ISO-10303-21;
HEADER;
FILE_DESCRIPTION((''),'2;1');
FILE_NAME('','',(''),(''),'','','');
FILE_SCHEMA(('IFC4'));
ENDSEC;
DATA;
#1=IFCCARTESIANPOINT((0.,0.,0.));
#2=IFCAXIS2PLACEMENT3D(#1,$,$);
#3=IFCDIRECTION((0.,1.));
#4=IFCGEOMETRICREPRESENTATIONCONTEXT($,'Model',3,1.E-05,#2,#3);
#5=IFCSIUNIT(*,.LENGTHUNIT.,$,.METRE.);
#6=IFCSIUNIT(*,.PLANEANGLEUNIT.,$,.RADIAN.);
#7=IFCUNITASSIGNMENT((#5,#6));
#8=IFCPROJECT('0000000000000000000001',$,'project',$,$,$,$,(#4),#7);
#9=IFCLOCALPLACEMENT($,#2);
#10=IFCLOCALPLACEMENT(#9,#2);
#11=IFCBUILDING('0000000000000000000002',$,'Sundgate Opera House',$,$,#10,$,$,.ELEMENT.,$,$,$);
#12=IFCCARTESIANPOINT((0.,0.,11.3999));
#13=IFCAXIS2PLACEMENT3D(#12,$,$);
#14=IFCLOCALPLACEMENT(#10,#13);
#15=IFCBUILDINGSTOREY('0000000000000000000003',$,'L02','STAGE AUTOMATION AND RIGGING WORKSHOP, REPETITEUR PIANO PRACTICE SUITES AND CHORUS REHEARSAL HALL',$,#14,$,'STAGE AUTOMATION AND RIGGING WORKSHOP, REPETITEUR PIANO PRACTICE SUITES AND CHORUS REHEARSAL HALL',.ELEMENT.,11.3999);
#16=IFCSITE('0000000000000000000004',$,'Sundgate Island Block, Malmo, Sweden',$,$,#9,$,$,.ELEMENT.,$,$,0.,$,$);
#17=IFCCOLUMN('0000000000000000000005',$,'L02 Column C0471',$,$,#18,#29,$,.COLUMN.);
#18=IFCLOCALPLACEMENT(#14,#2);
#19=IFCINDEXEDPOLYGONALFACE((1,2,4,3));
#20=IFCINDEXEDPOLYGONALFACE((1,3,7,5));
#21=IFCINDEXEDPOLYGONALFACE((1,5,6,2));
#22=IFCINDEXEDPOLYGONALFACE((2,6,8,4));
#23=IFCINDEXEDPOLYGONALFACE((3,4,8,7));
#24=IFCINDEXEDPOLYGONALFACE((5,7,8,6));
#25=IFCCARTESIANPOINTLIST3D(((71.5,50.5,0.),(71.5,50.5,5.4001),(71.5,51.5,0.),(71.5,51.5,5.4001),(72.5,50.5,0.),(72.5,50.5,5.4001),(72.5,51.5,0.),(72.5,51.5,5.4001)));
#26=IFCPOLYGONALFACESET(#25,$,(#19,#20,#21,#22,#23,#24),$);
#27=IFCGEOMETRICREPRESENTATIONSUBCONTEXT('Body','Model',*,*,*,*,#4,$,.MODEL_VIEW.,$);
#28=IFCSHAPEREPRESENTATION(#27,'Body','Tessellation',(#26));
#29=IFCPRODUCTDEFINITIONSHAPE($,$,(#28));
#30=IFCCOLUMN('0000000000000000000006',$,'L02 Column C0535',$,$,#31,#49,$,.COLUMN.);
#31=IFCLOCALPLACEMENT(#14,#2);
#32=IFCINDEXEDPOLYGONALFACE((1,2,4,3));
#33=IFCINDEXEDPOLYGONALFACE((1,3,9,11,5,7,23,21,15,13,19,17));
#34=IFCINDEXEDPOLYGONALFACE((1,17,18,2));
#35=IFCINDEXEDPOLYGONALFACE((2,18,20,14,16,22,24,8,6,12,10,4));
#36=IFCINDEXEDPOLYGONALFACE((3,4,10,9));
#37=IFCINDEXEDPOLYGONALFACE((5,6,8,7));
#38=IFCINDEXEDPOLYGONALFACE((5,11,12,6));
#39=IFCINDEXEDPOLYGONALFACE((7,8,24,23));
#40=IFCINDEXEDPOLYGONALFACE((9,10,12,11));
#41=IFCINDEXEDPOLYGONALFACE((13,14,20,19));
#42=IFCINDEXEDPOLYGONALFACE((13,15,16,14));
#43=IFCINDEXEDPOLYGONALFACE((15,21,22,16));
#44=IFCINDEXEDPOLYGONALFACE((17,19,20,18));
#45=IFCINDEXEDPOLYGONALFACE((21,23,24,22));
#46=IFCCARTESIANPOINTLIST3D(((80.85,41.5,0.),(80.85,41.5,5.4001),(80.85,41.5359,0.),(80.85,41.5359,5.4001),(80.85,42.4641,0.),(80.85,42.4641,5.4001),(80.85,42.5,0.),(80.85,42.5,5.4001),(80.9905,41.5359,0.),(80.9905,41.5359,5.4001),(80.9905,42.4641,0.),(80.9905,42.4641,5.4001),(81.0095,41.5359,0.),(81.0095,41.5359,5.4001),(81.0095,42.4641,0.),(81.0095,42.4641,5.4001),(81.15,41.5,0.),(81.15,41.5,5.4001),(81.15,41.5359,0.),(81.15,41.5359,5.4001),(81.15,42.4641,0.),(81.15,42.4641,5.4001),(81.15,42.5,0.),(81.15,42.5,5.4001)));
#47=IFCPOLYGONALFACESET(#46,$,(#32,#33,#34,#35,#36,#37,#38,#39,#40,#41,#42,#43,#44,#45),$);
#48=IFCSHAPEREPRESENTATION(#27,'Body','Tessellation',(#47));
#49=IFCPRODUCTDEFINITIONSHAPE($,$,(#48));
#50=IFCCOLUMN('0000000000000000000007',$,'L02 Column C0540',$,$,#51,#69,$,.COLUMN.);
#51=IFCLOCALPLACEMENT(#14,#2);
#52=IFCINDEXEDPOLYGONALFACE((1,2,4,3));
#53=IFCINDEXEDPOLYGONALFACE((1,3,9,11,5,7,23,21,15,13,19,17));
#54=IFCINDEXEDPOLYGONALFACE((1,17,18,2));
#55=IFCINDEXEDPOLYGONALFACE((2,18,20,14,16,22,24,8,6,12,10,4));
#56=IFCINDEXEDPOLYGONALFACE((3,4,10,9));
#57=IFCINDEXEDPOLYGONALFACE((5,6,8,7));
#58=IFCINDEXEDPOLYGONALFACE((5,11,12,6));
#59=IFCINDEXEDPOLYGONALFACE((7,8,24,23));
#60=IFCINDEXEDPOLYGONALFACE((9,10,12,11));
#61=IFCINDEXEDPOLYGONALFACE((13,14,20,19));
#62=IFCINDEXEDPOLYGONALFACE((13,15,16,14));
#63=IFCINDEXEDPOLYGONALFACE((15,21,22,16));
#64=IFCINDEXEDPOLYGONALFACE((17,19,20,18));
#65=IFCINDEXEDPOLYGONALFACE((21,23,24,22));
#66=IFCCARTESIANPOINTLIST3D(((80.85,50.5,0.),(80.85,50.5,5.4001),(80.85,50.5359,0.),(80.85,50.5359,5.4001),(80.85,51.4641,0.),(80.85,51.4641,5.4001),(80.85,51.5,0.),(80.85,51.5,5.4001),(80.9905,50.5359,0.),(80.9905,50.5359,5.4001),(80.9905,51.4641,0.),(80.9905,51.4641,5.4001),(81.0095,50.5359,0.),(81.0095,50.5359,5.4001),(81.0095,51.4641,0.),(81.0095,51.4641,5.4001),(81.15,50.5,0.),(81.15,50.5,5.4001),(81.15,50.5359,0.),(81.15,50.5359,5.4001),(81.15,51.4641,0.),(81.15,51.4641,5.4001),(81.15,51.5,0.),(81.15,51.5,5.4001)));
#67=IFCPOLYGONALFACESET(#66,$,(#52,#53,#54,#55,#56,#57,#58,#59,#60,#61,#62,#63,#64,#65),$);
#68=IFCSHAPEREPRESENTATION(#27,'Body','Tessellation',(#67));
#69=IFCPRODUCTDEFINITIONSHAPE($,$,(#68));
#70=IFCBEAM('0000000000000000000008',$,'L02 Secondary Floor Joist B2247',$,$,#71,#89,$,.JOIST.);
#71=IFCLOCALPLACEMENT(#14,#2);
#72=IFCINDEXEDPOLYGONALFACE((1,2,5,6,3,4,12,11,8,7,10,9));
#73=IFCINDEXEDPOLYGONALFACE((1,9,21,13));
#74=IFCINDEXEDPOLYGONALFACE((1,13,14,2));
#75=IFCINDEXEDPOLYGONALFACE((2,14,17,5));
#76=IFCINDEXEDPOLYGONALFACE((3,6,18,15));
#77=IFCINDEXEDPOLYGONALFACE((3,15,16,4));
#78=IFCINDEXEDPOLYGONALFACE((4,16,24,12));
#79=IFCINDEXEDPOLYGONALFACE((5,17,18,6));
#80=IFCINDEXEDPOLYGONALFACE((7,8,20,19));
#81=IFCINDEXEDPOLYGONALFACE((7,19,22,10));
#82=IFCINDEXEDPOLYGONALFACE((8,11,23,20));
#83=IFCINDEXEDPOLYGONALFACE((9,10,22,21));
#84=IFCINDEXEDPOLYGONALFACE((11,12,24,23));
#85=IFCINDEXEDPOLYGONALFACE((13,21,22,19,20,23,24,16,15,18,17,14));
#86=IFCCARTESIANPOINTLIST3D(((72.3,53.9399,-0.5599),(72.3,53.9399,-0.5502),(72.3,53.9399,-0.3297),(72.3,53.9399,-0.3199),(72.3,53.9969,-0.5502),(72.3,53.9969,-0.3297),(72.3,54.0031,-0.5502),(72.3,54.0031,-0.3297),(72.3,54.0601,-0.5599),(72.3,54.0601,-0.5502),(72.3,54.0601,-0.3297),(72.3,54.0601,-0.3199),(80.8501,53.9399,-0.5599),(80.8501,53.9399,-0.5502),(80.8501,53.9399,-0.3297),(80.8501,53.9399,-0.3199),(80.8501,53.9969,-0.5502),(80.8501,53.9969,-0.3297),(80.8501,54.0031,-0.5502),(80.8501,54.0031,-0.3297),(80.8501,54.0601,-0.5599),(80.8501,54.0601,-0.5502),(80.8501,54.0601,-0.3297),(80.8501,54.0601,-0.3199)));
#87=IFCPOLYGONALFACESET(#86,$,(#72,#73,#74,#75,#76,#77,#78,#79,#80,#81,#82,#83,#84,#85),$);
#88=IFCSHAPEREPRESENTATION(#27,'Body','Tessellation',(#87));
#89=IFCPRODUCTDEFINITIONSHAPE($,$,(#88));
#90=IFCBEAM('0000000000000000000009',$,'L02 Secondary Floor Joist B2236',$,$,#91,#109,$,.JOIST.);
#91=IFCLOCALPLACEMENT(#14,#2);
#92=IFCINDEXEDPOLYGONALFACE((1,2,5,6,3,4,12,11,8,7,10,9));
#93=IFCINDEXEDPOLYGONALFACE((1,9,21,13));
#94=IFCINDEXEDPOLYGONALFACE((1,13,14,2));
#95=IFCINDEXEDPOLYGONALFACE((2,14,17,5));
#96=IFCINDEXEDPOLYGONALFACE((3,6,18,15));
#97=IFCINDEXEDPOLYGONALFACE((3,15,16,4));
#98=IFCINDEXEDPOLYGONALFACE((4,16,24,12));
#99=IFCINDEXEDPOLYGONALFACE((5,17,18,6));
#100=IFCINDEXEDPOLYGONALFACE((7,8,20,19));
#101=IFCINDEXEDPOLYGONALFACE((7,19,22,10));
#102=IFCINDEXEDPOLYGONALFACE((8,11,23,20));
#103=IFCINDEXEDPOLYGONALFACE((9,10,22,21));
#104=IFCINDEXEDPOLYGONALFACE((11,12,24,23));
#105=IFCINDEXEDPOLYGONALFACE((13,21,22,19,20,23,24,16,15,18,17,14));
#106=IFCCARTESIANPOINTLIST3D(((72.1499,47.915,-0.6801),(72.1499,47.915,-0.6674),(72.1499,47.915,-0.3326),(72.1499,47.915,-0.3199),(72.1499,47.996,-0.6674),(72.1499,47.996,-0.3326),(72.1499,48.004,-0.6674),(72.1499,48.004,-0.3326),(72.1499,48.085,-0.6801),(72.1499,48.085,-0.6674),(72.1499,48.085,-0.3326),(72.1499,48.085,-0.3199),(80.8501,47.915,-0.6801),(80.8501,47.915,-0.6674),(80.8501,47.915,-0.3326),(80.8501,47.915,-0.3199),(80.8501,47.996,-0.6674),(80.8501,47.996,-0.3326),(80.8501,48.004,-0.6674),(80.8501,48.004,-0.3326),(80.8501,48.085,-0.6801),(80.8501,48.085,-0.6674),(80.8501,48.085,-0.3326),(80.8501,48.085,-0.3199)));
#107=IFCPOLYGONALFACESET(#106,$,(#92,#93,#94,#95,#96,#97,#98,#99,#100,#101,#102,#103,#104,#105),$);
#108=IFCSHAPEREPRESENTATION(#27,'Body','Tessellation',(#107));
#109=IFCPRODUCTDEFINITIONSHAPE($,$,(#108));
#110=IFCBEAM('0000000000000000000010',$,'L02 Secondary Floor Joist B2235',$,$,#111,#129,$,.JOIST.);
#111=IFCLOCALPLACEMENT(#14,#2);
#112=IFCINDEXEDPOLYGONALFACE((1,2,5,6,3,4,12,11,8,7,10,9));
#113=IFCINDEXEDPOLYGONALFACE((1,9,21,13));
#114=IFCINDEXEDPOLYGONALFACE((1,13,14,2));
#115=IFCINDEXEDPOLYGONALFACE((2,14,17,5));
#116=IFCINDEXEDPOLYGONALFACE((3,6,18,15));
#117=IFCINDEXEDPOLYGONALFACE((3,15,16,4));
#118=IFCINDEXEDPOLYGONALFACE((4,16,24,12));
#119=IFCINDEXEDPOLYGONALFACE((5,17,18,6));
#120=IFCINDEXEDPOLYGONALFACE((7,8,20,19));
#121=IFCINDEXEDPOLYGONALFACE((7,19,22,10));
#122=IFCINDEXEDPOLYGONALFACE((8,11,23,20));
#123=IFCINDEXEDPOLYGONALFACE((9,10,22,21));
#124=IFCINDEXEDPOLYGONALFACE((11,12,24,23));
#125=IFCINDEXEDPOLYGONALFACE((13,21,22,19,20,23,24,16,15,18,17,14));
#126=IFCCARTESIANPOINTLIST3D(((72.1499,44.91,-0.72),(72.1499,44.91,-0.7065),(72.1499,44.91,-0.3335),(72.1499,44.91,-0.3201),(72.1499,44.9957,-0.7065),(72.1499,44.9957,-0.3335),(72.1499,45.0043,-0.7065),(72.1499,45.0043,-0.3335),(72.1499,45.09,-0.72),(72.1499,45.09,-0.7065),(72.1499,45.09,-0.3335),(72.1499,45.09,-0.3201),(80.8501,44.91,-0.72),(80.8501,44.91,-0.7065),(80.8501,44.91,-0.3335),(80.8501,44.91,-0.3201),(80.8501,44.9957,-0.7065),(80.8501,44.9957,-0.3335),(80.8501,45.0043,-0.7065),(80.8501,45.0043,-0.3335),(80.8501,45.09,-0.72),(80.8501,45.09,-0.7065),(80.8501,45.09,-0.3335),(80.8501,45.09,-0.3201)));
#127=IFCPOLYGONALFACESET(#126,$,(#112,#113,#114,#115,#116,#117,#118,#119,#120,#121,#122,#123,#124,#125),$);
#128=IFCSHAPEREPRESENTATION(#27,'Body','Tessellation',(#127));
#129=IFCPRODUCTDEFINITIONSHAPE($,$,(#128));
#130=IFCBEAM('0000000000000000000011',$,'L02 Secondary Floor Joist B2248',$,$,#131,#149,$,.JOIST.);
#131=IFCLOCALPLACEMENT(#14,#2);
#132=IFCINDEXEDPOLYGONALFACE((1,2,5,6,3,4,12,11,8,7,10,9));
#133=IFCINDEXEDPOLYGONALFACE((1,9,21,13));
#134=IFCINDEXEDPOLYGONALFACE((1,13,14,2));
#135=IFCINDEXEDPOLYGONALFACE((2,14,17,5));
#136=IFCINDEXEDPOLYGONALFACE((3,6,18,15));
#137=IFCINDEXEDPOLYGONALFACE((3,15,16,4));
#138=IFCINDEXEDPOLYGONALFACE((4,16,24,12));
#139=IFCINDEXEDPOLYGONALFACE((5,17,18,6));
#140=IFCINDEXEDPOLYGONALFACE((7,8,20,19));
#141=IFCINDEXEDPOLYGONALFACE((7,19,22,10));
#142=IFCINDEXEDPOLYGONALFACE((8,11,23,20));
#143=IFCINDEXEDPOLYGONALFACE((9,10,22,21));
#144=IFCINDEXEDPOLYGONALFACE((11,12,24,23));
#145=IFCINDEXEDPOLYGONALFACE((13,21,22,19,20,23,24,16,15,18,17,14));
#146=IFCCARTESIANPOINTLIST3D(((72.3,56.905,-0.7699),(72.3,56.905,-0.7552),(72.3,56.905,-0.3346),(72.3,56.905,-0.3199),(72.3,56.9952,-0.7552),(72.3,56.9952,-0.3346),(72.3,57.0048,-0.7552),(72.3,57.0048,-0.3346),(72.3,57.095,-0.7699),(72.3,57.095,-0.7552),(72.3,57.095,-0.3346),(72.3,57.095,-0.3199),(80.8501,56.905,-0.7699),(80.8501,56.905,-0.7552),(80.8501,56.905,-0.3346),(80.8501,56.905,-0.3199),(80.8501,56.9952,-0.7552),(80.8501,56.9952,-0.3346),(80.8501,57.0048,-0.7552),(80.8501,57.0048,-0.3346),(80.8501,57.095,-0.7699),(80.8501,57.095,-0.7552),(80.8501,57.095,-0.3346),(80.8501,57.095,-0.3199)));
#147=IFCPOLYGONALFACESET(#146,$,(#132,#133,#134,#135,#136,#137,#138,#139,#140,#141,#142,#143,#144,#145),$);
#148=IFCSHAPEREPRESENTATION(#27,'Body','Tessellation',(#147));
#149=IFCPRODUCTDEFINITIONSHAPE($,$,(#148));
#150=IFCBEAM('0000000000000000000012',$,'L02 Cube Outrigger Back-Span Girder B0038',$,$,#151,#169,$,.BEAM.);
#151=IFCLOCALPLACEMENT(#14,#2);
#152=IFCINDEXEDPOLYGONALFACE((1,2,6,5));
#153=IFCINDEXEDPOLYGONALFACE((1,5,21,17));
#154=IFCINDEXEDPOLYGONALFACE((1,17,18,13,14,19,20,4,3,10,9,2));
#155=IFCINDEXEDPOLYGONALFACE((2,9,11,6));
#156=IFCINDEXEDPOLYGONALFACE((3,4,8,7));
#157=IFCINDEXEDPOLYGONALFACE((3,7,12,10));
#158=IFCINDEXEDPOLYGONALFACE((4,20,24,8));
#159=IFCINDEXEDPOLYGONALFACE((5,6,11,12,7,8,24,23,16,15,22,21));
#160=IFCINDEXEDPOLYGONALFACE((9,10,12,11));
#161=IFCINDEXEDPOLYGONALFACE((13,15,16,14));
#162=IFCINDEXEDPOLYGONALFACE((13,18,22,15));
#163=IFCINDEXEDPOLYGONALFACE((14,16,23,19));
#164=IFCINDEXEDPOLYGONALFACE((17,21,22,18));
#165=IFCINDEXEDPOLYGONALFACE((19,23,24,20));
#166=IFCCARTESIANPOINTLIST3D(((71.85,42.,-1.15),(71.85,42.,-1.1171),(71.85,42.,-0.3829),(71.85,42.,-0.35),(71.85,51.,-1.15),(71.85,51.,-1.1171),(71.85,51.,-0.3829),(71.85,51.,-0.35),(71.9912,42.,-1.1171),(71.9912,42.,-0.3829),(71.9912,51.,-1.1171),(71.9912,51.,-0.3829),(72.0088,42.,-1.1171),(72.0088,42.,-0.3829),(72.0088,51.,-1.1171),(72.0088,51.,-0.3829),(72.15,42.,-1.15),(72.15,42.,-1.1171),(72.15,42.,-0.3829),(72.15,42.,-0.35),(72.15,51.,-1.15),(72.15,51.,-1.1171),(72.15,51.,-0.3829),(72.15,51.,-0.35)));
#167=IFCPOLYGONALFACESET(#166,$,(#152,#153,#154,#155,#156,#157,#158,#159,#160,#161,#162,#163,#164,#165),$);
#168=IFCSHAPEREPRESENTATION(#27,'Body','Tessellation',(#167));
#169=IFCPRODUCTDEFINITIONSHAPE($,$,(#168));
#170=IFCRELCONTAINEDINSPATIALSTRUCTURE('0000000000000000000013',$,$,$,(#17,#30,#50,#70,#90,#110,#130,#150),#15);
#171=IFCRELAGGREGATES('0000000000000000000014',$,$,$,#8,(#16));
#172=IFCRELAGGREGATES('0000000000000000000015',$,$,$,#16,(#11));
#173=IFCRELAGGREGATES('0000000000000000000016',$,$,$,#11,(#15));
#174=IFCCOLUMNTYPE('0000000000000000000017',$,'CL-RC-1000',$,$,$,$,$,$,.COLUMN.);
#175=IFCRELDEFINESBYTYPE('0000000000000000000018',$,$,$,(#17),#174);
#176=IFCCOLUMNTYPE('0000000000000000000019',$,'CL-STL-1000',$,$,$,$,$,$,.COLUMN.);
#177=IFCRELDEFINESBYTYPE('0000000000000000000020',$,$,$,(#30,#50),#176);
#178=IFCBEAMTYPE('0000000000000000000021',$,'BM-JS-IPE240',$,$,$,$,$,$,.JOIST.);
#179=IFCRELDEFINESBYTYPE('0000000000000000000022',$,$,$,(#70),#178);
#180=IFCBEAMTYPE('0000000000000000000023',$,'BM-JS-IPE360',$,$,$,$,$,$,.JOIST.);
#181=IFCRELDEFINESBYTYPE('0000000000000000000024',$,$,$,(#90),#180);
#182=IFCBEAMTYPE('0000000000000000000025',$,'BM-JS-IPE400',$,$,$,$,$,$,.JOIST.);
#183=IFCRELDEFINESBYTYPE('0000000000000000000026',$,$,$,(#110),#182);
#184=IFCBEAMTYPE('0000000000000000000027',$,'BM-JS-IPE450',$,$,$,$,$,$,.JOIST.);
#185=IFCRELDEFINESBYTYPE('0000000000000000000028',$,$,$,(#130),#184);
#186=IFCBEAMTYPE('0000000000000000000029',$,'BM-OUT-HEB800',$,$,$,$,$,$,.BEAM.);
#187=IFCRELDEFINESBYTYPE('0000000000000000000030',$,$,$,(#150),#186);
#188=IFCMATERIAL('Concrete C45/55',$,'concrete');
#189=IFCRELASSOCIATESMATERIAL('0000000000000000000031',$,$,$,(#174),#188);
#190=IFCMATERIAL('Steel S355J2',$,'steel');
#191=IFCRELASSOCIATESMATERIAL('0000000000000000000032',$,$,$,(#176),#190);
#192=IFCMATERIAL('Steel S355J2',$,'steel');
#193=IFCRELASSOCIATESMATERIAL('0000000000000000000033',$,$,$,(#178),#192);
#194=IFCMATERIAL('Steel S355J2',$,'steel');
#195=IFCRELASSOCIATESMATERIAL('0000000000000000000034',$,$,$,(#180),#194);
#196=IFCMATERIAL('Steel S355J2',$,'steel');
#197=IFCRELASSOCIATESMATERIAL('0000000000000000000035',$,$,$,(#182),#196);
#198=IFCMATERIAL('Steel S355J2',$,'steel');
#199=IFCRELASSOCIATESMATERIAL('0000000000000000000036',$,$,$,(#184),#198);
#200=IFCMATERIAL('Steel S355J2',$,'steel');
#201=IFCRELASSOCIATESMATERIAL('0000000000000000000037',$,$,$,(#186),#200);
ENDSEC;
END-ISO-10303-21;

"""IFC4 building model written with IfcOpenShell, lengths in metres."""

from ifc_helpers import new_model, si_unit, direction, frame, origin, origin_2d, place, context, subcontext, project, spatial, rectangle, i_section, extrude, material, material_profile, profile_set, type_object, element, save


model = new_model("IFC4")

# Units and contexts
model_context = context("Model", 3, precision=1e-05, world=origin(), true_north=direction((0.0, 1.0)))
body_context = subcontext(model_context, "Body", "Model", "MODEL_VIEW")
ifc_project = project(units=[si_unit("LENGTHUNIT", "METRE"), si_unit("PLANEANGLEUNIT", "RADIAN")], contexts=[model_context])

# Site, building, storey
site_placement = place(None, origin())
site = spatial("IfcSite", under=ifc_project, at=site_placement, Name="Sundgate Island Block, Malmo, Sweden", CompositionType="ELEMENT", RefElevation=0.0)
building_placement = place(site_placement, origin())
building = spatial("IfcBuilding", under=site, at=building_placement, Name="Sundgate Opera House", CompositionType="ELEMENT")
storey_placement = place(building_placement, frame((0.0, 0.0, 11.3999)))
storey = spatial("IfcBuildingStorey", under=building, at=storey_placement, Name="L02", Description="STAGE AUTOMATION AND RIGGING WORKSHOP, REPETITEUR PIANO PRACTICE SUITES AND CHORUS REHEARSAL HALL", LongName="STAGE AUTOMATION AND RIGGING WORKSHOP, REPETITEUR PIANO PRACTICE SUITES AND CHORUS REHEARSAL HALL", CompositionType="ELEMENT", Elevation=11.3999)

# Columns
ifc_material_1 = material(Name="Concrete C45/55", Category="concrete")
ifc_material_profile_1 = material_profile(ifc_material_1, rectangle(XDim=1.0, YDim=1.0, at=origin_2d()), Name="RC 1000x1000")
ifc_profile_set_1 = profile_set([ifc_material_profile_1], Name="Concrete C45/55")
column_type_1 = type_object("IfcColumnType", Name="CL-RC-1000", PredefinedType="COLUMN", material=ifc_profile_set_1)
column_placement = place(storey_placement, frame((72.0, 51.0, 0.0), z_axis=(0.0, 0.0, 1.0), x_axis=(1.0, 0.0, 0.0)))
element("IfcColumn", 1, at=column_placement, inside=storey, type_object=column_type_1, Name="L02 Column C0471", PredefinedType="COLUMN", context=body_context, shape_type="SweptSolid", body=[
    extrude(rectangle(XDim=1.0, YDim=1.0, at=origin_2d()), origin(), (0.0, 0.0, 1.0), 5.4001),
])
ifc_material_2 = material(Name="Steel S355J2", Category="steel")
ifc_material_profile_2 = material_profile(ifc_material_2, i_section(OverallWidth=0.3, OverallDepth=1.0, WebThickness=0.019, FlangeThickness=0.0359, at=origin_2d()), Name="HEB 1000")
ifc_profile_set_2 = profile_set([ifc_material_profile_2], Name="Steel S355J2")
column_type_2 = type_object("IfcColumnType", Name="CL-STL-1000", PredefinedType="COLUMN", material=ifc_profile_set_2)
for number, where, z_axis, x_axis, name in (
    (2, (81.0, 42.0, 0.0), (0.0, 0.0, 1.0), (1.0, 0.0, 0.0), "L02 Column C0535"),
    (3, (81.0, 51.0, 0.0), (0.0, 0.0, 1.0), (1.0, 0.0, 0.0), "L02 Column C0540"),
):
    element("IfcColumn", number, at=place(storey_placement, frame(where, z_axis=z_axis, x_axis=x_axis)), inside=storey, type_object=column_type_2, Name=name, PredefinedType="COLUMN", context=body_context, shape_type="SweptSolid", body=[
        extrude(i_section(OverallWidth=0.3, OverallDepth=1.0, WebThickness=0.019, FlangeThickness=0.0359, at=origin_2d()), origin(), (0.0, 0.0, 1.0), 5.4001),
    ])

# Beams
ifc_material_3 = material(Name="Steel S355J2", Category="steel")
ifc_material_profile_3 = material_profile(ifc_material_3, i_section(OverallWidth=0.1201, OverallDepth=0.24, WebThickness=0.0061, FlangeThickness=0.0098, at=origin_2d()), Name="IPE 240")
ifc_profile_set_3 = profile_set([ifc_material_profile_3], Name="Steel S355J2")
beam_type_1 = type_object("IfcBeamType", Name="BM-JS-IPE240", PredefinedType="JOIST", material=ifc_profile_set_3)
beam_1_placement = place(storey_placement, frame((72.3, 54.0, -0.4399), z_axis=(1.0, 0.0, 0.0), x_axis=(0.0, 1.0, 0.0)))
element("IfcBeam", 4, at=beam_1_placement, inside=storey, type_object=beam_type_1, Name="L02 Secondary Floor Joist B2247", PredefinedType="JOIST", context=body_context, shape_type="SweptSolid", body=[
    extrude(i_section(OverallWidth=0.1201, OverallDepth=0.24, WebThickness=0.0061, FlangeThickness=0.0098, at=origin_2d()), origin(), (0.0, 0.0, 1.0), 8.55),
])
ifc_material_4 = material(Name="Steel S355J2", Category="steel")
ifc_material_profile_4 = material_profile(ifc_material_4, i_section(OverallWidth=0.1699, OverallDepth=0.3601, WebThickness=0.0081, FlangeThickness=0.0127, at=origin_2d()), Name="IPE 360")
ifc_profile_set_4 = profile_set([ifc_material_profile_4], Name="Steel S355J2")
beam_type_2 = type_object("IfcBeamType", Name="BM-JS-IPE360", PredefinedType="JOIST", material=ifc_profile_set_4)
beam_2_placement = place(storey_placement, frame((72.1499, 48.0, -0.5), z_axis=(1.0, 0.0, 0.0), x_axis=(0.0, 1.0, 0.0)))
element("IfcBeam", 5, at=beam_2_placement, inside=storey, type_object=beam_type_2, Name="L02 Secondary Floor Joist B2236", PredefinedType="JOIST", context=body_context, shape_type="SweptSolid", body=[
    extrude(i_section(OverallWidth=0.1699, OverallDepth=0.3601, WebThickness=0.0081, FlangeThickness=0.0127, at=origin_2d()), origin(), (0.0, 0.0, 1.0), 8.7002),
])
ifc_material_5 = material(Name="Steel S355J2", Category="steel")
ifc_material_profile_5 = material_profile(ifc_material_5, i_section(OverallWidth=0.1799, OverallDepth=0.3999, WebThickness=0.0085, FlangeThickness=0.0134, at=origin_2d()), Name="IPE 400")
ifc_profile_set_5 = profile_set([ifc_material_profile_5], Name="Steel S355J2")
beam_type_3 = type_object("IfcBeamType", Name="BM-JS-IPE400", PredefinedType="JOIST", material=ifc_profile_set_5)
beam_3_placement = place(storey_placement, frame((72.1499, 45.0, -0.52), z_axis=(1.0, 0.0, 0.0), x_axis=(0.0, 1.0, 0.0)))
element("IfcBeam", 6, at=beam_3_placement, inside=storey, type_object=beam_type_3, Name="L02 Secondary Floor Joist B2235", PredefinedType="JOIST", context=body_context, shape_type="SweptSolid", body=[
    extrude(i_section(OverallWidth=0.1799, OverallDepth=0.3999, WebThickness=0.0085, FlangeThickness=0.0134, at=origin_2d()), origin(), (0.0, 0.0, 1.0), 8.7002),
])
ifc_material_6 = material(Name="Steel S355J2", Category="steel")
ifc_material_profile_6 = material_profile(ifc_material_6, i_section(OverallWidth=0.1899, OverallDepth=0.45, WebThickness=0.0095, FlangeThickness=0.0146, at=origin_2d()), Name="IPE 450")
ifc_profile_set_6 = profile_set([ifc_material_profile_6], Name="Steel S355J2")
beam_type_4 = type_object("IfcBeamType", Name="BM-JS-IPE450", PredefinedType="JOIST", material=ifc_profile_set_6)
beam_4_placement = place(storey_placement, frame((72.3, 57.0, -0.5449), z_axis=(1.0, 0.0, 0.0), x_axis=(0.0, 1.0, 0.0)))
element("IfcBeam", 7, at=beam_4_placement, inside=storey, type_object=beam_type_4, Name="L02 Secondary Floor Joist B2248", PredefinedType="JOIST", context=body_context, shape_type="SweptSolid", body=[
    extrude(i_section(OverallWidth=0.1899, OverallDepth=0.45, WebThickness=0.0095, FlangeThickness=0.0146, at=origin_2d()), origin(), (0.0, 0.0, 1.0), 8.55),
])
ifc_material_7 = material(Name="Steel S355J2", Category="steel")
ifc_material_profile_7 = material_profile(ifc_material_7, i_section(OverallWidth=0.3, OverallDepth=0.8, WebThickness=0.0176, FlangeThickness=0.033, at=origin_2d()), Name="HEB 800")
ifc_profile_set_7 = profile_set([ifc_material_profile_7], Name="Steel S355J2")
beam_type_5 = type_object("IfcBeamType", Name="BM-OUT-HEB800", PredefinedType="BEAM", material=ifc_profile_set_7)
for number, where, z_axis, x_axis, name in (
    (8, (72.0, 51.0, -0.75), (0.0, -1.0, 0.0), (1.0, 0.0, 0.0), "L02 Cube Outrigger Back-Span Girder B0038"),
):
    element("IfcBeam", number, at=place(storey_placement, frame(where, z_axis=z_axis, x_axis=x_axis)), inside=storey, type_object=beam_type_5, Name=name, PredefinedType="BEAM", context=body_context, shape_type="SweptSolid", body=[
        extrude(i_section(OverallWidth=0.3, OverallDepth=0.8, WebThickness=0.0176, FlangeThickness=0.033, at=origin_2d()), origin(), (0.0, 0.0, 1.0), 9.0),
    ])

save(model, "model.ifc")
